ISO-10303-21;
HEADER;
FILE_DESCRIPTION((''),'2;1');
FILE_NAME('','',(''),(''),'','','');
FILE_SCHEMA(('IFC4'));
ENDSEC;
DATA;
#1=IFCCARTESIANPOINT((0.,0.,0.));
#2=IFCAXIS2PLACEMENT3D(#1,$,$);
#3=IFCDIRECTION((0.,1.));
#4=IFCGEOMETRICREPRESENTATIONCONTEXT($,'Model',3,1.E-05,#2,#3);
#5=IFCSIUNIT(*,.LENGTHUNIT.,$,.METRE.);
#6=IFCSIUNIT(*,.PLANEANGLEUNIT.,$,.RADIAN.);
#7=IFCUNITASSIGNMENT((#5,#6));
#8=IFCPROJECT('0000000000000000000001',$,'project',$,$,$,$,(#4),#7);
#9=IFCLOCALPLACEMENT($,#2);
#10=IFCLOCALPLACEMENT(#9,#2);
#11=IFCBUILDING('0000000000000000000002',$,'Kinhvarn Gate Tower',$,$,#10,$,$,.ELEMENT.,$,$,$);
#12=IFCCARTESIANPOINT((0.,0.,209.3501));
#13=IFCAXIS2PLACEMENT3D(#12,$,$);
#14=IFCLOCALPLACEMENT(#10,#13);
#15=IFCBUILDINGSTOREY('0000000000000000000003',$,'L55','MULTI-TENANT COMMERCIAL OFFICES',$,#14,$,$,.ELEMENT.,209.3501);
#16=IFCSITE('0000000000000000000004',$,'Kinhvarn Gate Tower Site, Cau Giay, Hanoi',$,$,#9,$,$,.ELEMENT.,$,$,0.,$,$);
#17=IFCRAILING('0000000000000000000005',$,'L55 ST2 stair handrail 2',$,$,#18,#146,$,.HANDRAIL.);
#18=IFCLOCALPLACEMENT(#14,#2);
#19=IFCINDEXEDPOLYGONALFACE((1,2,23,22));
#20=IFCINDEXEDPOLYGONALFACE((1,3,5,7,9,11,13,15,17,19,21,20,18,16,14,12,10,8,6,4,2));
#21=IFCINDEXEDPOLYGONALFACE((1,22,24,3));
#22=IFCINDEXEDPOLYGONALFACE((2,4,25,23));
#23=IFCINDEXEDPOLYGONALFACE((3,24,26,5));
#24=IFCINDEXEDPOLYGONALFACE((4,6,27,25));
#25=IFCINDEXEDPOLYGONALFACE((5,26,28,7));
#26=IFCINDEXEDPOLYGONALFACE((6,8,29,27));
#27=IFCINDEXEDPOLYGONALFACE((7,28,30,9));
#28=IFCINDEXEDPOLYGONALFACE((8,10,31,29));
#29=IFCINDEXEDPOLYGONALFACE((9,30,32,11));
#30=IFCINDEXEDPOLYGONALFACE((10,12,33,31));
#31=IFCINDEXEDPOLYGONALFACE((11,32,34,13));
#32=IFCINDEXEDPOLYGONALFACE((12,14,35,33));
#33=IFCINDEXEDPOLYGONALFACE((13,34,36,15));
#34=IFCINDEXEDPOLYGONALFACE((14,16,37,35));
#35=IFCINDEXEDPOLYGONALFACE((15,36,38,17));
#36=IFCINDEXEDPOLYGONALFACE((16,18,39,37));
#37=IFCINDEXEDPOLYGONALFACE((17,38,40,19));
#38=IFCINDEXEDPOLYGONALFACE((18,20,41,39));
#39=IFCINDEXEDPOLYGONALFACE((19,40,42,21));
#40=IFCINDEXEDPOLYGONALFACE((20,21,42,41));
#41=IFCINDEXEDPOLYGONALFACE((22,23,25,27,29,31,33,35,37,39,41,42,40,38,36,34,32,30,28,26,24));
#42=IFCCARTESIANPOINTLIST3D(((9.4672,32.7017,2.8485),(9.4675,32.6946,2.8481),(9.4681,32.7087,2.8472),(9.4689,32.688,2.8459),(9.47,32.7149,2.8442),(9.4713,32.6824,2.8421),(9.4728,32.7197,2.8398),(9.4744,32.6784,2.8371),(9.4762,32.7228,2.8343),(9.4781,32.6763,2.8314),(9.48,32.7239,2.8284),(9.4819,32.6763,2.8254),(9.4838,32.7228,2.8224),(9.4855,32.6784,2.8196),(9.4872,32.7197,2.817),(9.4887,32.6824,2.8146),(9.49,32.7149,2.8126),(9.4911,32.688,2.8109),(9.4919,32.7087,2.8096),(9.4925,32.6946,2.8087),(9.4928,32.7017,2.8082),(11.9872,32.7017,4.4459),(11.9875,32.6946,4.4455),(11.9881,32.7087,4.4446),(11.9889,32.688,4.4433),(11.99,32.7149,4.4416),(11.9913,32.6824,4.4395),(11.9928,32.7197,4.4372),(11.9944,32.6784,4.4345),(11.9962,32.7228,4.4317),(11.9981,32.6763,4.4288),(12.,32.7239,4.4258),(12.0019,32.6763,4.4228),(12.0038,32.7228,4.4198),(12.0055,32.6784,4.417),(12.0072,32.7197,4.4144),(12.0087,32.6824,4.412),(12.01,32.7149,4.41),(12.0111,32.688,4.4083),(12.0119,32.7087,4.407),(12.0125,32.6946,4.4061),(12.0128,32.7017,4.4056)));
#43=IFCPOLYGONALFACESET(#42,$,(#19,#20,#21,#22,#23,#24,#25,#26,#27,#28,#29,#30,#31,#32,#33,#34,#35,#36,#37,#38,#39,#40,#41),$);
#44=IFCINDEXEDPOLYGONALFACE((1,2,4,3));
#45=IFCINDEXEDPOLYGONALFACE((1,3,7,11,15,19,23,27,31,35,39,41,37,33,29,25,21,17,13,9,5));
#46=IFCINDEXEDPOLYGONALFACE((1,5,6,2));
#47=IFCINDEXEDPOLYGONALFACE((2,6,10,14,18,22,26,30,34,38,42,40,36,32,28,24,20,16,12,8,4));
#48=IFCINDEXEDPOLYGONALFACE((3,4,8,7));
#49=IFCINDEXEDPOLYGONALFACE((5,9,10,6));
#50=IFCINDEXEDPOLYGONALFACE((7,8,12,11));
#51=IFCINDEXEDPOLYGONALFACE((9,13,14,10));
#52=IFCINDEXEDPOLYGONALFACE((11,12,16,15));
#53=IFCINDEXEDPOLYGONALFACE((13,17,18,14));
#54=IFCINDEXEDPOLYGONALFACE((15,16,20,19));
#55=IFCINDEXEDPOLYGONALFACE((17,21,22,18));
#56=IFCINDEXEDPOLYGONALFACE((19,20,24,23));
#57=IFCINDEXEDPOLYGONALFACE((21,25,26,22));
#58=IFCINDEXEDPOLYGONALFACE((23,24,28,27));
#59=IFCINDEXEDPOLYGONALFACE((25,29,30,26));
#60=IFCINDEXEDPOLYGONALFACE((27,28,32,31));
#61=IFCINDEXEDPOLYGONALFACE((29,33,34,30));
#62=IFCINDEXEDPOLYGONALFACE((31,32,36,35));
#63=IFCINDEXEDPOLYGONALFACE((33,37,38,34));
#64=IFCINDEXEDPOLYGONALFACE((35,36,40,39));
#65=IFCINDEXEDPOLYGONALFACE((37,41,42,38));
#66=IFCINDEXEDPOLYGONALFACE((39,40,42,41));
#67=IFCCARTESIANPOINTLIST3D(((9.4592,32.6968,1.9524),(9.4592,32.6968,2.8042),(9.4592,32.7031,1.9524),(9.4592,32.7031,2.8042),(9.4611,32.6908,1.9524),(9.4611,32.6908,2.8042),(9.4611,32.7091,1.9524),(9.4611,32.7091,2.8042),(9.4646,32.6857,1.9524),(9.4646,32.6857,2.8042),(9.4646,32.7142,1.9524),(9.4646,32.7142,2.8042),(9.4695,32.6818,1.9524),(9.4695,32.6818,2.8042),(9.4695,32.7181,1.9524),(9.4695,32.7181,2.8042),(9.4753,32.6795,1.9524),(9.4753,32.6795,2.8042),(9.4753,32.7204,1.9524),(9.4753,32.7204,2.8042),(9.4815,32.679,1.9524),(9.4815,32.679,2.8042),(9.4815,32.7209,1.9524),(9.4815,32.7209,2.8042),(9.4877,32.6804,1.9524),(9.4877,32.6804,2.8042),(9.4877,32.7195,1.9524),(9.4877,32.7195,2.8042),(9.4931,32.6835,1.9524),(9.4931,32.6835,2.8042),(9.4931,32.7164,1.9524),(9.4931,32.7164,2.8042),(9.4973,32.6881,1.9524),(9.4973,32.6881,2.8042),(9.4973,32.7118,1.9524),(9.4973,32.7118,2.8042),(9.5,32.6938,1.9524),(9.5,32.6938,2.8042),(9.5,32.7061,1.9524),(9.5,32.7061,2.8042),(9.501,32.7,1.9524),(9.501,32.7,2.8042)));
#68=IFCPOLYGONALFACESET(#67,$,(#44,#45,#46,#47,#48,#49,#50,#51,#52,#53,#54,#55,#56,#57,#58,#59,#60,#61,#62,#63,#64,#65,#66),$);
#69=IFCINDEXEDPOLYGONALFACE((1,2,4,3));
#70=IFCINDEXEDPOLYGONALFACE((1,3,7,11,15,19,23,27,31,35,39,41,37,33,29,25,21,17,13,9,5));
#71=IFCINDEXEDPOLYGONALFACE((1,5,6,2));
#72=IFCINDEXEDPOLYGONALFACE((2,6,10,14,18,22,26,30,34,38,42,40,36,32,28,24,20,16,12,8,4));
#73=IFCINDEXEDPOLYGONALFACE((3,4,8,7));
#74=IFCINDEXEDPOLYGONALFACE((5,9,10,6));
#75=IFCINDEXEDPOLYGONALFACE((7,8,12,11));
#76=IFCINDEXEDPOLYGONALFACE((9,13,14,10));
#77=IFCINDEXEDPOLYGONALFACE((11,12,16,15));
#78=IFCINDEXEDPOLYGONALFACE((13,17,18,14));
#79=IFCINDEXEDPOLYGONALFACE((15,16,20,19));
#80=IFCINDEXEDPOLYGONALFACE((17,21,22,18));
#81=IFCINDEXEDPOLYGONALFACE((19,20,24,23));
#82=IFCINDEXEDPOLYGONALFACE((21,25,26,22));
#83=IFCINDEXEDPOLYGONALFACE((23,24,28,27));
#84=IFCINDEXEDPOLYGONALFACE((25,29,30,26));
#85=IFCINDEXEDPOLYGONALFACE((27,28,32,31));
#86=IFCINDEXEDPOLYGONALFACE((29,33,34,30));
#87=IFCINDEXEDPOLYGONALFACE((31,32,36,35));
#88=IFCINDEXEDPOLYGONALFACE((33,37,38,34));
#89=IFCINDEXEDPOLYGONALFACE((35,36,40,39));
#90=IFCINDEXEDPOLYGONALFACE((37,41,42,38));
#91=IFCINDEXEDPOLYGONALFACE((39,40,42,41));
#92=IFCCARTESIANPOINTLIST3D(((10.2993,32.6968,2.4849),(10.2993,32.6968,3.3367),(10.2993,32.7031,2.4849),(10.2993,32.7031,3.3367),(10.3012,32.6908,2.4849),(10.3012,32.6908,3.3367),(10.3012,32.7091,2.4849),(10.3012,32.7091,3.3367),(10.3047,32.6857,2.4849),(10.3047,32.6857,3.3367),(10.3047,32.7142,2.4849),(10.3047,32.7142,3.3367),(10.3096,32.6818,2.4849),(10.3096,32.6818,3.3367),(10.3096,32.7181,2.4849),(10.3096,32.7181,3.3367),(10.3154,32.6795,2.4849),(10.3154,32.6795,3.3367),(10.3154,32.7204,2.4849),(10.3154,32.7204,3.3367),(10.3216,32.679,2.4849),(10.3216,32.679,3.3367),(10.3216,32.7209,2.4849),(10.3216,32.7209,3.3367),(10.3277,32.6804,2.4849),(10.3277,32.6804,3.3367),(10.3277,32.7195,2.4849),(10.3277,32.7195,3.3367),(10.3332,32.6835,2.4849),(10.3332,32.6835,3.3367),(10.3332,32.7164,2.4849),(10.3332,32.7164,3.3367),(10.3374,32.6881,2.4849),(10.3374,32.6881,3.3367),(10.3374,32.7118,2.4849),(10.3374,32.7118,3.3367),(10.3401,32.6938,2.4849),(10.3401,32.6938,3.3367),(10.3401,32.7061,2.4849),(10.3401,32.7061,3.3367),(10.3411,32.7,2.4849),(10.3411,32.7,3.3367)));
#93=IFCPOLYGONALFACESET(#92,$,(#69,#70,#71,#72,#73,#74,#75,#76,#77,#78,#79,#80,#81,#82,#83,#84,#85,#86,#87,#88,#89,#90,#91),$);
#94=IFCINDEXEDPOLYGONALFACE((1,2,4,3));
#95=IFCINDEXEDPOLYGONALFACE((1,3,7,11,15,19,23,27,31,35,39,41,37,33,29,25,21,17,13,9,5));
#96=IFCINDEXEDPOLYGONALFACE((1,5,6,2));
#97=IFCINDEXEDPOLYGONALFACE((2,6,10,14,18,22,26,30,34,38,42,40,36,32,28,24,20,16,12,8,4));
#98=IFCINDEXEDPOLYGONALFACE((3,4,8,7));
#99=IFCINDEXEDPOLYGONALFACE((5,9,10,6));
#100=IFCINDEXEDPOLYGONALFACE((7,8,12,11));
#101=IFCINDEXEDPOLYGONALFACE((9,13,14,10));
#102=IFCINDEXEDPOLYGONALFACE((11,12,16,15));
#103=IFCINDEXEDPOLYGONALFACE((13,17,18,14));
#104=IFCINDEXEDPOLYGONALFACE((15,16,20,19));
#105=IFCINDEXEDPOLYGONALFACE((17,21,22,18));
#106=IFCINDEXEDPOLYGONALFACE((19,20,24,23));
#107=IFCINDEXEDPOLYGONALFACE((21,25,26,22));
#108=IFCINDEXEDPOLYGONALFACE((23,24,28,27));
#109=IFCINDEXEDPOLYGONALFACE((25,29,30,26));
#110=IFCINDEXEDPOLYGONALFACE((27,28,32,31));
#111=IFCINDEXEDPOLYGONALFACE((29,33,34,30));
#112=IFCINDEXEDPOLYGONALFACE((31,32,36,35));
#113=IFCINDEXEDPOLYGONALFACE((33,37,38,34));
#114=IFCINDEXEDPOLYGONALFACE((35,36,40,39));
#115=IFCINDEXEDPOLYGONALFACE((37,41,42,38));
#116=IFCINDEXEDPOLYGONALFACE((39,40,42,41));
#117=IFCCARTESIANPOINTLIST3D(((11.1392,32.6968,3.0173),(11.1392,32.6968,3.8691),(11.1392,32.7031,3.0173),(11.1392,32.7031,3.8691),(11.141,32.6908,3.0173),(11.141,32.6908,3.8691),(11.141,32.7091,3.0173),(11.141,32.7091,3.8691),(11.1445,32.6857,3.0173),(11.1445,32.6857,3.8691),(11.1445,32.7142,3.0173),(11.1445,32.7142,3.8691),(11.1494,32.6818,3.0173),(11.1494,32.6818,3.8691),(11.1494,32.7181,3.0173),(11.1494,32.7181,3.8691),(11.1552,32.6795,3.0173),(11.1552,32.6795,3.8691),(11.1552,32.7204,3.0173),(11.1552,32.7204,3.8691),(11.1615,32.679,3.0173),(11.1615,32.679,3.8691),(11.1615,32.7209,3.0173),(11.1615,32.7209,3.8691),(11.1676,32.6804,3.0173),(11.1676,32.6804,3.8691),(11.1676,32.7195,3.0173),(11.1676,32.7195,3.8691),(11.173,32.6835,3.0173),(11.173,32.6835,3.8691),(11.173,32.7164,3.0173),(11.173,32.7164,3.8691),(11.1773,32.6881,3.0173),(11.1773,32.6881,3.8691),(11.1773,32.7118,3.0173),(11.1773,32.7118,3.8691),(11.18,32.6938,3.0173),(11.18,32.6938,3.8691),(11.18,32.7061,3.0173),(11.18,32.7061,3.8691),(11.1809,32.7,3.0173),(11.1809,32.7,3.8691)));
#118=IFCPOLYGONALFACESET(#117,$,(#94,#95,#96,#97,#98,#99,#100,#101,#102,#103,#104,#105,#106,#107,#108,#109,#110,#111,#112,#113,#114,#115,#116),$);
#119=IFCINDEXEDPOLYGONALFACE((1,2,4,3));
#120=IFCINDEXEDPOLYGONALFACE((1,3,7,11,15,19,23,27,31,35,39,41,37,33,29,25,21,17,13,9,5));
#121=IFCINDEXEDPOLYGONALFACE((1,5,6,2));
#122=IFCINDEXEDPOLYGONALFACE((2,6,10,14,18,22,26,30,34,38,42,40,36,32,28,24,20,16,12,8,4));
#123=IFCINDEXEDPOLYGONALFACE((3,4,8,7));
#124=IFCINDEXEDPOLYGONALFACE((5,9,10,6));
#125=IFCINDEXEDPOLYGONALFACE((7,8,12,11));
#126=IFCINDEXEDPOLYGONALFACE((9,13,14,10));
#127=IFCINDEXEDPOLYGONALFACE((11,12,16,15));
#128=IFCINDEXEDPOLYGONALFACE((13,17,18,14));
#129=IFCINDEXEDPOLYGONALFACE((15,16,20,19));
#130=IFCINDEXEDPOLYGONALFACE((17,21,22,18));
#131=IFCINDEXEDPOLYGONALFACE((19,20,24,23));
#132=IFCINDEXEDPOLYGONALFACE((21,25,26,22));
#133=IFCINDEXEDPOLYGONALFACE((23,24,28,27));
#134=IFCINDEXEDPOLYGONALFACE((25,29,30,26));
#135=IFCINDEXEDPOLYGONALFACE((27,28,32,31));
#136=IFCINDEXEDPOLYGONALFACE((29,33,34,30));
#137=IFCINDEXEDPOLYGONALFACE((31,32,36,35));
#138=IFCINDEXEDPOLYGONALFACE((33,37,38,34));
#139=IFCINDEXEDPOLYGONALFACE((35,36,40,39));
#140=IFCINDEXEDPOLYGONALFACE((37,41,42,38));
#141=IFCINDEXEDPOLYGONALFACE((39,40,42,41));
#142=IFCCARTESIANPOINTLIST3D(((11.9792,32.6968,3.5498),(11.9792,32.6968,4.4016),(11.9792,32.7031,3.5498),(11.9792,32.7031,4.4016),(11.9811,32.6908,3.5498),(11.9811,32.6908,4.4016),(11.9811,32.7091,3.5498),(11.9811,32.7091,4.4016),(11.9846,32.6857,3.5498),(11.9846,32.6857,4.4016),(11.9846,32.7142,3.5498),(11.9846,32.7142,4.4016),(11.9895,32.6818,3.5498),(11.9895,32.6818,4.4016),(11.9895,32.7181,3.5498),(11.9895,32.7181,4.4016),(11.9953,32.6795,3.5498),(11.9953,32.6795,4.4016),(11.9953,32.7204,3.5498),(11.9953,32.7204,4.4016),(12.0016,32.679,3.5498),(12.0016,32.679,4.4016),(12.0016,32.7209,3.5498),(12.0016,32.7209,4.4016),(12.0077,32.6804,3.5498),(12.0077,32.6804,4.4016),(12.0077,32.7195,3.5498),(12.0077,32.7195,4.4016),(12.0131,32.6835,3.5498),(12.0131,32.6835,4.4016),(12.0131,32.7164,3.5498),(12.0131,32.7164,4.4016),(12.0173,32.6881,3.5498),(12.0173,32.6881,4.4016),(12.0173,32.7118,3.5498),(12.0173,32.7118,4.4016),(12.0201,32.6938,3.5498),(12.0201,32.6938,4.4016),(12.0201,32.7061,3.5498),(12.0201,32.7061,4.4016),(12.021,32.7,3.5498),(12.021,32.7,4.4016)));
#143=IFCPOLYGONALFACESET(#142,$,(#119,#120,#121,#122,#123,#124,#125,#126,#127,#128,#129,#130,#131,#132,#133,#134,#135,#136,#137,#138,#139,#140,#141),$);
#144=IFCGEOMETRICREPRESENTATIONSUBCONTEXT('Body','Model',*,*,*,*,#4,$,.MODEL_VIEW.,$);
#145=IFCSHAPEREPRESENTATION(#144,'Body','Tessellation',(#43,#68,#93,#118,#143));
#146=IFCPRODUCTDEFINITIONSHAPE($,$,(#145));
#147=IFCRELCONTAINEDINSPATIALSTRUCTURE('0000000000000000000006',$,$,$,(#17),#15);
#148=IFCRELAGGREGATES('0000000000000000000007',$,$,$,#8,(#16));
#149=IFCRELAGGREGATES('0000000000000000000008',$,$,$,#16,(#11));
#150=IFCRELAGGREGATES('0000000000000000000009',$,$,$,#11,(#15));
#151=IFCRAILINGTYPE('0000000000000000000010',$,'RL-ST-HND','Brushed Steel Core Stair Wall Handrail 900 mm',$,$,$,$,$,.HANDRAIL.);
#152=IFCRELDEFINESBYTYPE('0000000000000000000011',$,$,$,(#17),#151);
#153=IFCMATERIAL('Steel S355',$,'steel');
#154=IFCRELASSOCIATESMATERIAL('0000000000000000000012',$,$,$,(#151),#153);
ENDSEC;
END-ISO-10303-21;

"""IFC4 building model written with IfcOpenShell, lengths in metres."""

from ifc_helpers import new_model, si_unit, direction, frame, origin, origin_2d, place, context, subcontext, project, spatial, circle, extrude, material, type_object, element, save


model = new_model("IFC4")

# Units and contexts
model_context = context("Model", 3, precision=1e-05, world=origin(), true_north=direction((0.0, 1.0)))
body_context = subcontext(model_context, "Body", "Model", "MODEL_VIEW")
ifc_project = project(units=[si_unit("LENGTHUNIT", "METRE"), si_unit("PLANEANGLEUNIT", "RADIAN")], contexts=[model_context])

# Site, building, storey
site_placement = place(None, origin())
site = spatial("IfcSite", under=ifc_project, at=site_placement, Name="Kinhvarn Gate Tower Site, Cau Giay, Hanoi", CompositionType="ELEMENT", RefElevation=0.0)
building_placement = place(site_placement, origin())
building = spatial("IfcBuilding", under=site, at=building_placement, Name="Kinhvarn Gate Tower", CompositionType="ELEMENT")
storey_placement = place(building_placement, frame((0.0, 0.0, 209.3501)))
storey = spatial("IfcBuildingStorey", under=building, at=storey_placement, Name="L55", Description="MULTI-TENANT COMMERCIAL OFFICES", CompositionType="ELEMENT", Elevation=209.3501)

# Railing
ifc_material_1 = material(Name="Steel S355", Category="steel")
railing_type_1 = type_object("IfcRailingType", Name="RL-ST-HND", Description="Brushed Steel Core Stair Wall Handrail 900 mm", PredefinedType="HANDRAIL", material=ifc_material_1)
railing_1_placement = place(storey_placement, frame((9.48, 32.7, 1.9524)))
element("IfcRailing", 1, at=railing_1_placement, inside=storey, type_object=railing_type_1, Name="L55 ST2 stair handrail 2", PredefinedType="HANDRAIL", context=body_context, shape_type="SweptSolid", body=[
    extrude(circle(Radius=0.0239, at=origin_2d()), frame((0.0, 0.0, 0.876), z_axis=(0.844607, 0.0, 0.535387), x_axis=(0.0, 1.0, 0.0)), (0.0, 0.0, 1.0), 2.9836),
    extrude(circle(Radius=0.021, at=origin_2d()), origin(), (0.0, 0.0, 1.0), 0.8518),
    extrude(circle(Radius=0.021, at=origin_2d()), frame((0.8401, 0.0, 0.5325)), (0.0, 0.0, 1.0), 0.8518),
    extrude(circle(Radius=0.021, at=origin_2d()), frame((1.6799, 0.0, 1.0649)), (0.0, 0.0, 1.0), 0.8518),
    extrude(circle(Radius=0.021, at=origin_2d()), frame((2.52, 0.0, 1.5974)), (0.0, 0.0, 1.0), 0.8518),
])

save(model, "model.ifc")
